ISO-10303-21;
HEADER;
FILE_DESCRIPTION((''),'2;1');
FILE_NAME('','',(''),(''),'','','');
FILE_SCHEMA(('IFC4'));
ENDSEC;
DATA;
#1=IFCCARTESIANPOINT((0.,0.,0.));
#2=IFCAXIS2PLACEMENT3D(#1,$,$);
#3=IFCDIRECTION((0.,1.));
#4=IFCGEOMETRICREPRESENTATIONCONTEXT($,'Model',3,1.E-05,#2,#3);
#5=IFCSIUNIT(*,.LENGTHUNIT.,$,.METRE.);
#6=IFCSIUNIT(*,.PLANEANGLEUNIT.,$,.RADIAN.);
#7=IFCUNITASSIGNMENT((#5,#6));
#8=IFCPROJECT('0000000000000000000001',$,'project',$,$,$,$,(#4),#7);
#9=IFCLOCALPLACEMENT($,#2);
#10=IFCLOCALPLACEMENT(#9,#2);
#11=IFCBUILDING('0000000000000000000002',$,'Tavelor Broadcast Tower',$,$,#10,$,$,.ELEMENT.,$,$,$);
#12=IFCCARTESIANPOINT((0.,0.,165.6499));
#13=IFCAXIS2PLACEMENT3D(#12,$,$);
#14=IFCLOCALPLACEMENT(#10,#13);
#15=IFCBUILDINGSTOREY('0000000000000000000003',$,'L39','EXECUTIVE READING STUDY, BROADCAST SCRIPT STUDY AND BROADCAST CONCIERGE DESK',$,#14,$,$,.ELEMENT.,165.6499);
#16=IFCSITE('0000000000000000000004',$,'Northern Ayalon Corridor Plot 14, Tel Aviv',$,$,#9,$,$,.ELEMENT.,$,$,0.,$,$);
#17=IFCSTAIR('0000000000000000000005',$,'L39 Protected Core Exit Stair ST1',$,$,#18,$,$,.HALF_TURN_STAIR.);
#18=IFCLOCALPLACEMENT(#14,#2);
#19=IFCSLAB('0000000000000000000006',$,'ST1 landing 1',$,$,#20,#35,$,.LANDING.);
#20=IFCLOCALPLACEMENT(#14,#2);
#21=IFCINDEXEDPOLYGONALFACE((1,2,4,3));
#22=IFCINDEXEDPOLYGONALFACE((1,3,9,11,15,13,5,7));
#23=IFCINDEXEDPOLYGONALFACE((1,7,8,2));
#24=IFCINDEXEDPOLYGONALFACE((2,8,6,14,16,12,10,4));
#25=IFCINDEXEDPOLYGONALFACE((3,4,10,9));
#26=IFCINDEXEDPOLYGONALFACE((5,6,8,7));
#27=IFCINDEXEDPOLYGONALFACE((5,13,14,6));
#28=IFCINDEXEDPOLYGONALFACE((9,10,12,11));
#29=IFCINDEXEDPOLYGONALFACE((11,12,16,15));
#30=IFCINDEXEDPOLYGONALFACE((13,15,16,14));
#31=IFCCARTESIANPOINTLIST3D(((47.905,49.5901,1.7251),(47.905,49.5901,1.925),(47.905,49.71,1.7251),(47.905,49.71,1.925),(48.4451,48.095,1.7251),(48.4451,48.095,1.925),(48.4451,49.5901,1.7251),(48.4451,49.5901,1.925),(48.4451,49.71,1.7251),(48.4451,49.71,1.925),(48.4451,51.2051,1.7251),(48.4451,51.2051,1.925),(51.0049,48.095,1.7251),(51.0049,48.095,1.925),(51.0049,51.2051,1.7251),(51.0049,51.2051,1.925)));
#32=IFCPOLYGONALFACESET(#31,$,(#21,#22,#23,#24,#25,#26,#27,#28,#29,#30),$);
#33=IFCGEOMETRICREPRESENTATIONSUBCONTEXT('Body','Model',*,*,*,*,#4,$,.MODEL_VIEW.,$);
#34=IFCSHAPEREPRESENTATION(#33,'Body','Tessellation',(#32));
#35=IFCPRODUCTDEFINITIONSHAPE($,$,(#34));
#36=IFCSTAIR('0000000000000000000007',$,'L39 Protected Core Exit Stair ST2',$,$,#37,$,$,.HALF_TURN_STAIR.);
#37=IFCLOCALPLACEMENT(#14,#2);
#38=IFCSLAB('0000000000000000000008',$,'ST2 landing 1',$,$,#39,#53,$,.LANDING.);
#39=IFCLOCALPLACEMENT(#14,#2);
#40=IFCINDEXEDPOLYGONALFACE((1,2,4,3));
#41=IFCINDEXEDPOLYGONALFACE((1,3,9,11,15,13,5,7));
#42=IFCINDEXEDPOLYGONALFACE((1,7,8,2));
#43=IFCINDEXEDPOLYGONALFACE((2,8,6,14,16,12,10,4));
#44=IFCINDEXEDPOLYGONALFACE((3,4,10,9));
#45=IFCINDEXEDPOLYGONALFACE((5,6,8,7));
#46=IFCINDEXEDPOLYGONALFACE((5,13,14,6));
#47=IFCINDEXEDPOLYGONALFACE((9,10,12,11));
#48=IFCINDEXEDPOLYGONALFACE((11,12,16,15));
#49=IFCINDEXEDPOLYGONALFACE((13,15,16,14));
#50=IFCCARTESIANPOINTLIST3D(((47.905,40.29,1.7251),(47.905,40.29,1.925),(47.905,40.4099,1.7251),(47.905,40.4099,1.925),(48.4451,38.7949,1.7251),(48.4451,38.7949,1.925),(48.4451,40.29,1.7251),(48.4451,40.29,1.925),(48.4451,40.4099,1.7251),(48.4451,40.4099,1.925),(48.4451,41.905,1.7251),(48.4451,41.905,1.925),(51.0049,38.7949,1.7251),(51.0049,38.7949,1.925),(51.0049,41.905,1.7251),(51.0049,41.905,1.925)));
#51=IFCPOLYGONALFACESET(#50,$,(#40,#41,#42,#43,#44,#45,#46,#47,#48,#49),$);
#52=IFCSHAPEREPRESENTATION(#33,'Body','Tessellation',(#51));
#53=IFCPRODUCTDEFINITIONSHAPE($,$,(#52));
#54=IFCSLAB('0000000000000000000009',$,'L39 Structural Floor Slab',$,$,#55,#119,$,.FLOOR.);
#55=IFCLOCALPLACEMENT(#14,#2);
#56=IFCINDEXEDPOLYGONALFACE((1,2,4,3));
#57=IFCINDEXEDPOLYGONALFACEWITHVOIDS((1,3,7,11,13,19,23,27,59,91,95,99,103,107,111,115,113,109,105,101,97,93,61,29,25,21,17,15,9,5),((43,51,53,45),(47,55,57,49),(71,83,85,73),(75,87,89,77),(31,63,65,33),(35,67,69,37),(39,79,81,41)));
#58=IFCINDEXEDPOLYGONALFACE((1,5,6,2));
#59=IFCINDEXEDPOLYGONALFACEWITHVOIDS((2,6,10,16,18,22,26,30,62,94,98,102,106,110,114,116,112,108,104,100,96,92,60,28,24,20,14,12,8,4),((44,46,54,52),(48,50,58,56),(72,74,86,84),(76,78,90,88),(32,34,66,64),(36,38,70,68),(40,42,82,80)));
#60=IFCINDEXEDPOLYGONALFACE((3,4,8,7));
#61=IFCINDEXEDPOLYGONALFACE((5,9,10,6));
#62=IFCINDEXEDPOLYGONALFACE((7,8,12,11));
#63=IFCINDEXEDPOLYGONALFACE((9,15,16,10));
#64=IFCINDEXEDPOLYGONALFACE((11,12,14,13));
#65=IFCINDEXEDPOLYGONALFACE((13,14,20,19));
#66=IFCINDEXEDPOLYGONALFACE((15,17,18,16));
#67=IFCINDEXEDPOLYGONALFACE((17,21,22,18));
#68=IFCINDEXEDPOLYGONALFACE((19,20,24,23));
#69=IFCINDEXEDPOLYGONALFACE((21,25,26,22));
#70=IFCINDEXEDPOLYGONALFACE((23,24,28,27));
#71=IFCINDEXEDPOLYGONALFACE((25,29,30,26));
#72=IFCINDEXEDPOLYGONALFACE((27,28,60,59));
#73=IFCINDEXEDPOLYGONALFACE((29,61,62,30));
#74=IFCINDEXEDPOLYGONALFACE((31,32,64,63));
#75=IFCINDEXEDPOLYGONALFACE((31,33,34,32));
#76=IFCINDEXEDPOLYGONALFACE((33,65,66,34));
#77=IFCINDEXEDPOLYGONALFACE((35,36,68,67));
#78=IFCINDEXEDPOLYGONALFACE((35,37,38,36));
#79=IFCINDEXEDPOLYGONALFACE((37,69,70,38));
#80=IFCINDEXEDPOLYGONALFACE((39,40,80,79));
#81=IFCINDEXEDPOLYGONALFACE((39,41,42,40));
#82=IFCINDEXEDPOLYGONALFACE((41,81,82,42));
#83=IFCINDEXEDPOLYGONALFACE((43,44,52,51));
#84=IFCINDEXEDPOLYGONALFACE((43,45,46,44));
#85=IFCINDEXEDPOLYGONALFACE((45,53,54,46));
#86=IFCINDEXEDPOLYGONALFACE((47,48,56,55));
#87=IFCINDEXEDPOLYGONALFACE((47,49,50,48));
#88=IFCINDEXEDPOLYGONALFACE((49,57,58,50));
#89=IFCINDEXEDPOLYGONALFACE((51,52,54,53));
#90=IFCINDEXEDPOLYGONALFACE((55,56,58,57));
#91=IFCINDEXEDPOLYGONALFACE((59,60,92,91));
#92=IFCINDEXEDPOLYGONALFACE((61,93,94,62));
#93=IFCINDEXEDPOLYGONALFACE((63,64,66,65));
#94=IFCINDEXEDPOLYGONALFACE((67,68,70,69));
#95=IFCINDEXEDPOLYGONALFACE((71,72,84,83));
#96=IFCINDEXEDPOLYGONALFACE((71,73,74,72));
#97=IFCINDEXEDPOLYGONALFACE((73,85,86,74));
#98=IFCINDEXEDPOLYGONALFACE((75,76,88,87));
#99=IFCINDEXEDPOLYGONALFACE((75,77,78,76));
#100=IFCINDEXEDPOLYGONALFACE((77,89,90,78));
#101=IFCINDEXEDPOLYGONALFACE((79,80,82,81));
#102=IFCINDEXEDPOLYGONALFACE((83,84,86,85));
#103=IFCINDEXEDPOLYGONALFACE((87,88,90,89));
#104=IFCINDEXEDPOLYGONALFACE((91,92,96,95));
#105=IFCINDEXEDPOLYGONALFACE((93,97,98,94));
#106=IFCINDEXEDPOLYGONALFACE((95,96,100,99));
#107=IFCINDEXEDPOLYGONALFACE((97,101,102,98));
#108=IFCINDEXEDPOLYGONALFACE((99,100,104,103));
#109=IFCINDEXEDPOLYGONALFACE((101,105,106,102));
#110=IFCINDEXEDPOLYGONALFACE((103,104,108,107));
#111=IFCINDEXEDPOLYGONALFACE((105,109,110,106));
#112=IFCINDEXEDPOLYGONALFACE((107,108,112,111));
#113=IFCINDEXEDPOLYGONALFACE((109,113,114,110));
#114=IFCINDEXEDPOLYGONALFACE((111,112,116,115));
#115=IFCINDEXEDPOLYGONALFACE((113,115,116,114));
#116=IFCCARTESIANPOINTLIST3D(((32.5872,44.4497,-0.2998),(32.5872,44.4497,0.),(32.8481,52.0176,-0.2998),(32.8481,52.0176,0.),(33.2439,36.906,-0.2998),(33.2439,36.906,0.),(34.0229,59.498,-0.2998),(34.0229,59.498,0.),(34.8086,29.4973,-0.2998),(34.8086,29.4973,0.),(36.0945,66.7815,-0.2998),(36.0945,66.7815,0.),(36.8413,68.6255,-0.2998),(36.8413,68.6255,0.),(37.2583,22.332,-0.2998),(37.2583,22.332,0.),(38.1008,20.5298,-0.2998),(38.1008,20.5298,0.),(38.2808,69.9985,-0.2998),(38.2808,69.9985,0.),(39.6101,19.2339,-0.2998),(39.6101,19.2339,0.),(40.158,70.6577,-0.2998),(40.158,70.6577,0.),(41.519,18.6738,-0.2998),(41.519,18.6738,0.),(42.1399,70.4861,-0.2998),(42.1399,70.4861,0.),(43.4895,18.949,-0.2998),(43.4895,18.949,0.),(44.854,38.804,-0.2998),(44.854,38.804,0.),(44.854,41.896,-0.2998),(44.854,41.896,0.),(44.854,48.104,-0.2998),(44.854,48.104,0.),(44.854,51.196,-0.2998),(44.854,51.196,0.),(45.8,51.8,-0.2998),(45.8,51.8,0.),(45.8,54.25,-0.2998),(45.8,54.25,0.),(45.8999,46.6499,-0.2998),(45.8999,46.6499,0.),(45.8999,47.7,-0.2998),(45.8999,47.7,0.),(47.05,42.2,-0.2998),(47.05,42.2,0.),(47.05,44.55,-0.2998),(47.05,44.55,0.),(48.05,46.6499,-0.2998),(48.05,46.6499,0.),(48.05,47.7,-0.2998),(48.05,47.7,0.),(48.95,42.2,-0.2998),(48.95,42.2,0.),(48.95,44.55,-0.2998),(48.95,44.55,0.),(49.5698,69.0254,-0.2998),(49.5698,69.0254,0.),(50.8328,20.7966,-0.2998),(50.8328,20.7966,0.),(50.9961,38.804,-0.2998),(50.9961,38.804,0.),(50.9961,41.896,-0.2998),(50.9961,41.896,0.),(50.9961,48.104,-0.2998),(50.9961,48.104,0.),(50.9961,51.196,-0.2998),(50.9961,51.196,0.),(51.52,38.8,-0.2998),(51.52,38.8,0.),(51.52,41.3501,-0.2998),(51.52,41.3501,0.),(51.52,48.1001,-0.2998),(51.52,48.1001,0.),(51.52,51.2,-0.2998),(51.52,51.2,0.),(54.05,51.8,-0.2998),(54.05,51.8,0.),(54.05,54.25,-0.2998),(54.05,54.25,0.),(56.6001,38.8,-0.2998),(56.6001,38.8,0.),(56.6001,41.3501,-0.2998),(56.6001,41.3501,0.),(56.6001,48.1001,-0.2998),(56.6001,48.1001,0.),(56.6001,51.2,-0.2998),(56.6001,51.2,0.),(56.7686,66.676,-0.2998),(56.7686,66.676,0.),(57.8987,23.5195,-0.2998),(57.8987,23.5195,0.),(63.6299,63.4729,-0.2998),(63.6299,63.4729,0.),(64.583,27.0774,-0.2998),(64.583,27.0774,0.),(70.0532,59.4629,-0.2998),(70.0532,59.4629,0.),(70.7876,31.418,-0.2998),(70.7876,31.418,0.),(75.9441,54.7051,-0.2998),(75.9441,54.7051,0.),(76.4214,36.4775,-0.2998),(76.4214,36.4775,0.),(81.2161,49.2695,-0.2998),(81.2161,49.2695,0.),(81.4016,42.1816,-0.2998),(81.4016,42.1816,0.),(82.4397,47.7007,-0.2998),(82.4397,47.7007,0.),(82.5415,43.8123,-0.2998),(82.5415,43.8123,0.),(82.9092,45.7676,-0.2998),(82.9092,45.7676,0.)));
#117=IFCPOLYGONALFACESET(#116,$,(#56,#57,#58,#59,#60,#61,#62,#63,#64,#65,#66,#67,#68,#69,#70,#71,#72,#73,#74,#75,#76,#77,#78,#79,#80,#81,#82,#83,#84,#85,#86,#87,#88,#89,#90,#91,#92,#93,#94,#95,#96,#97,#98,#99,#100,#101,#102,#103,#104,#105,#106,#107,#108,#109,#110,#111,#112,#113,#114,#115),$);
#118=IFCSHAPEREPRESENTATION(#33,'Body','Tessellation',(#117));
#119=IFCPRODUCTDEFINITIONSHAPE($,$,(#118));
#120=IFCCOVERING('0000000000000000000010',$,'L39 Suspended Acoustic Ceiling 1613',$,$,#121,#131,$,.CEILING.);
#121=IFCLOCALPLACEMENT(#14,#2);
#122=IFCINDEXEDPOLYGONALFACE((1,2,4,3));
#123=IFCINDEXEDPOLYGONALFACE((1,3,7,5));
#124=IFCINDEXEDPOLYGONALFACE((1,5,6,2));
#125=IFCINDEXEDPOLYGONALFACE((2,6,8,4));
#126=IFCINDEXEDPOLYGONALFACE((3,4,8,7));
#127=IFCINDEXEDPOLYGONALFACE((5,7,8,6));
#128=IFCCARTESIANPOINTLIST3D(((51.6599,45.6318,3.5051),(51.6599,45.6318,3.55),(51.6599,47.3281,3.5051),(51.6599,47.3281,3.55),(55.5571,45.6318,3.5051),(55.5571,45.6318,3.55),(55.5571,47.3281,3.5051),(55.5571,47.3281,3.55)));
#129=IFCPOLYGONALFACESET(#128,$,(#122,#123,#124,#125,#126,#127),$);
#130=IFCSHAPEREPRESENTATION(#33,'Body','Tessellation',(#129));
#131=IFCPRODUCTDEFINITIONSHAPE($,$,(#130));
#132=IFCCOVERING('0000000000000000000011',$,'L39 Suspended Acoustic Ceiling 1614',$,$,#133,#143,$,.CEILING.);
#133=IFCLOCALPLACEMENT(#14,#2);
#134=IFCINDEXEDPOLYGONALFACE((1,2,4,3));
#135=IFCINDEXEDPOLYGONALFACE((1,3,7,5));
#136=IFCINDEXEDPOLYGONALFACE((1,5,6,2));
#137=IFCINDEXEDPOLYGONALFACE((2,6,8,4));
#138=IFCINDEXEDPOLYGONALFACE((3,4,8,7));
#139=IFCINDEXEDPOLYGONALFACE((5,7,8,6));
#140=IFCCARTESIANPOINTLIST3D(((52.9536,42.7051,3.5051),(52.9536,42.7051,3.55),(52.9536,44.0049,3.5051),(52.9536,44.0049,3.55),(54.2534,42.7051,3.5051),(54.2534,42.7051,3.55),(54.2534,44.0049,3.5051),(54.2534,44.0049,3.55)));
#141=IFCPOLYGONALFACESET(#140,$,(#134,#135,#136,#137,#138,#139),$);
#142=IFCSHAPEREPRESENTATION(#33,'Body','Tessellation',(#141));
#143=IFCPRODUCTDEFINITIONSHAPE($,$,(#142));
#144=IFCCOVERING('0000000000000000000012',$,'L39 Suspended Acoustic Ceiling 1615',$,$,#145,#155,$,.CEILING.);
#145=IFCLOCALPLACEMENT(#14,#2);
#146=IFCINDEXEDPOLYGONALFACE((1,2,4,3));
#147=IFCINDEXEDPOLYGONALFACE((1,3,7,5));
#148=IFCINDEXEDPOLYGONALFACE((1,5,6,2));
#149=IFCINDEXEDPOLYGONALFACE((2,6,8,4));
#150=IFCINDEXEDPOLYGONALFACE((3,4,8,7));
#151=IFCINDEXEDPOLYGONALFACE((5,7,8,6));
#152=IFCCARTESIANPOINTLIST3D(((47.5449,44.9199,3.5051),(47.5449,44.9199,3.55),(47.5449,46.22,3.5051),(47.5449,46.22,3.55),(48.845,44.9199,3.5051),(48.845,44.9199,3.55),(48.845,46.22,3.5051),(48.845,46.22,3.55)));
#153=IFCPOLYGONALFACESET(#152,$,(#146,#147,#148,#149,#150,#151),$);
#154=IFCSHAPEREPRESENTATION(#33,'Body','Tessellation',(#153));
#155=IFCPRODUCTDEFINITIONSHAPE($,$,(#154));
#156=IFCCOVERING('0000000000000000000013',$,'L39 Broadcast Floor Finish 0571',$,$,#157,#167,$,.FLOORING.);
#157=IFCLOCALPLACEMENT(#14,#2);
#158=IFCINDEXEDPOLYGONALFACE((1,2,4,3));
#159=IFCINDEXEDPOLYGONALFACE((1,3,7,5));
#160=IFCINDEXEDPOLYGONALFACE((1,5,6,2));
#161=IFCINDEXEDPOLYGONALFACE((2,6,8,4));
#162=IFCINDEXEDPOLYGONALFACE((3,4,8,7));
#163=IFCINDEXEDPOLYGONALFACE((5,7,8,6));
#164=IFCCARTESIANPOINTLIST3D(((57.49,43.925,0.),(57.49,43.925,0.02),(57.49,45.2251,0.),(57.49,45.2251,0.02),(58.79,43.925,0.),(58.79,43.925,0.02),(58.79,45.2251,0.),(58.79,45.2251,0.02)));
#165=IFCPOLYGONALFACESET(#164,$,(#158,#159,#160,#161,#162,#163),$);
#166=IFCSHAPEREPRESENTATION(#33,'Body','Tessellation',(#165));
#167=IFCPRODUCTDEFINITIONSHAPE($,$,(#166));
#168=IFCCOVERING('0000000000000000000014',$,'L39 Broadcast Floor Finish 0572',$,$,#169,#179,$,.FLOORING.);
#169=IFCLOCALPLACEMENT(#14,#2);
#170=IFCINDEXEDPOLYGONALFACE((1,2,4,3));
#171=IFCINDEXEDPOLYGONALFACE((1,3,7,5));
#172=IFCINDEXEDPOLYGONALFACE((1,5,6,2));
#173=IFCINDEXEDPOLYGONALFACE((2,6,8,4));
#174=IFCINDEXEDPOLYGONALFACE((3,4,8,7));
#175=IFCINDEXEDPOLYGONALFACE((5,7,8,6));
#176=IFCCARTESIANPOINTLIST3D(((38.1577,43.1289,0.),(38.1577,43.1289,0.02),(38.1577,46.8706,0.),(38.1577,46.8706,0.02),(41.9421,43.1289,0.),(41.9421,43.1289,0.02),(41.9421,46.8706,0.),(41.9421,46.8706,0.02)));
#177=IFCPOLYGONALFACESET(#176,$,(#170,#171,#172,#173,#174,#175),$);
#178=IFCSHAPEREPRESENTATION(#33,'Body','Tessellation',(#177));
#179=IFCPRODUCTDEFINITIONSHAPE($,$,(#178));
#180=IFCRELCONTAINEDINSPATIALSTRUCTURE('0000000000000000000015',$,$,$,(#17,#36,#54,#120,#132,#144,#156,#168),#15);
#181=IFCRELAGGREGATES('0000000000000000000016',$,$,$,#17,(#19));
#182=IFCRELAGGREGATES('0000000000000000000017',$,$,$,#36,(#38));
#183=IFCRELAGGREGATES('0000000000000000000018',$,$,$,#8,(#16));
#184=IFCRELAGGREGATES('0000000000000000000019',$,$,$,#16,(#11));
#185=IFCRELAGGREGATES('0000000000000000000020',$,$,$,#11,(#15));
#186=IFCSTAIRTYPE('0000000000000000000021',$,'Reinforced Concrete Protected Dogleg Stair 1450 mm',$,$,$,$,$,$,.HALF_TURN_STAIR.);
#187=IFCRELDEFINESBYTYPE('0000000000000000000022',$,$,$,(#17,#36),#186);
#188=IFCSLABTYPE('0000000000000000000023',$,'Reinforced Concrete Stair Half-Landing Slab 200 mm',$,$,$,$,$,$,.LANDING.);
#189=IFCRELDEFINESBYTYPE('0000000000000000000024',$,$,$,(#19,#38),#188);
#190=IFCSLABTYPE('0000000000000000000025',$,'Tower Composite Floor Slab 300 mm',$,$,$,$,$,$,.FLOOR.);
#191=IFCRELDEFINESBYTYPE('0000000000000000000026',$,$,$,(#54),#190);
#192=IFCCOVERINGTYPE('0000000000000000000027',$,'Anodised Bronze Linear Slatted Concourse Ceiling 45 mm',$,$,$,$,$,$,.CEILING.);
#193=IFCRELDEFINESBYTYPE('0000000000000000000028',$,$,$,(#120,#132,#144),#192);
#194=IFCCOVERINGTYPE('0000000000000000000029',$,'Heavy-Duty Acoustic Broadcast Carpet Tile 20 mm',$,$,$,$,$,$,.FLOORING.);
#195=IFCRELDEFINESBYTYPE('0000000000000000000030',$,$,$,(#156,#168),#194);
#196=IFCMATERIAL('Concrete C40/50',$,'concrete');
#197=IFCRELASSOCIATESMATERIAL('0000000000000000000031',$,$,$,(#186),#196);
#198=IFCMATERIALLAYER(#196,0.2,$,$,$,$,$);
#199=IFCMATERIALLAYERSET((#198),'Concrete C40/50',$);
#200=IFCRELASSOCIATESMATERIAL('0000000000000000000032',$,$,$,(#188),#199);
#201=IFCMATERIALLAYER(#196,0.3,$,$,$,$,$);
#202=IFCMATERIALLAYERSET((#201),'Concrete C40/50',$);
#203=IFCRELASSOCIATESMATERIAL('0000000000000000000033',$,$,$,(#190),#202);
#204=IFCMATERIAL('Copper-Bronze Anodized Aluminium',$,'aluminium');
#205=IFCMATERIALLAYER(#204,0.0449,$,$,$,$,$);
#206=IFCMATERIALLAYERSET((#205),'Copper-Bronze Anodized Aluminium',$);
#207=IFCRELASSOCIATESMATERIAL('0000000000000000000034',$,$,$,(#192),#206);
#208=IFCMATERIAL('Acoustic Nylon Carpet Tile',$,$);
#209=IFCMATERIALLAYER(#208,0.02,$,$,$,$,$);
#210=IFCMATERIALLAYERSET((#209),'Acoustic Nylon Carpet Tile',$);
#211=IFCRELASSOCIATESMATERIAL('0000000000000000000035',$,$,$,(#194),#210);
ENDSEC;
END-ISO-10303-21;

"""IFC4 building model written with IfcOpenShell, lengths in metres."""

from ifc_helpers import new_model, si_unit, direction, frame, origin, place, context, subcontext, project, spatial, polyline, outline, extrude, material, layer, layer_set, type_object, element, aggregate, save


model = new_model("IFC4")

# Units and contexts
model_context = context("Model", 3, precision=1e-05, world=origin(), true_north=direction((0.0, 1.0)))
body_context = subcontext(model_context, "Body", "Model", "MODEL_VIEW")
ifc_project = project(units=[si_unit("LENGTHUNIT", "METRE"), si_unit("PLANEANGLEUNIT", "RADIAN")], contexts=[model_context])

# Site, building, storey
site_placement = place(None, origin())
site = spatial("IfcSite", under=ifc_project, at=site_placement, Name="Northern Ayalon Corridor Plot 14, Tel Aviv", CompositionType="ELEMENT", RefElevation=0.0)
building_placement = place(site_placement, origin())
building = spatial("IfcBuilding", under=site, at=building_placement, Name="Tavelor Broadcast Tower", CompositionType="ELEMENT")
storey_placement = place(building_placement, frame((0.0, 0.0, 165.6499)))
storey = spatial("IfcBuildingStorey", under=building, at=storey_placement, Name="L39", Description="EXECUTIVE READING STUDY, BROADCAST SCRIPT STUDY AND BROADCAST CONCIERGE DESK", CompositionType="ELEMENT", Elevation=165.6499)

# Stairs, slabs
ifc_material_1 = material(Name="Concrete C40/50", Category="concrete")
stair_type = type_object("IfcStairType", Name="Reinforced Concrete Protected Dogleg Stair 1450 mm", PredefinedType="HALF_TURN_STAIR", material=ifc_material_1)
stair_1_placement = place(storey_placement, origin())
stair_1 = element("IfcStair", 1, at=stair_1_placement, inside=storey, type_object=stair_type, Name="L39 Protected Core Exit Stair ST1", PredefinedType="HALF_TURN_STAIR")
ifc_layer_1 = layer(ifc_material_1, 0.2)
ifc_layer_set_1 = layer_set([ifc_layer_1], Name="Concrete C40/50")
slab_type_1 = type_object("IfcSlabType", Name="Reinforced Concrete Stair Half-Landing Slab 200 mm", PredefinedType="LANDING", material=ifc_layer_set_1)
slab_1_placement = place(storey_placement, frame((0.0, 0.0, 1.7251)))
slab_1 = element("IfcSlab", 2, at=slab_1_placement, type_object=slab_type_1, Name="ST1 landing 1", PredefinedType="LANDING", context=body_context, shape_type="SweptSolid", body=[
    extrude(outline(polyline([(48.4451, 49.5901), (48.4451, 48.095), (51.0049, 48.095), (51.0049, 51.2051), (48.4451, 51.2051), (48.4451, 49.71), (47.905, 49.71), (47.905, 49.5901), (48.4451, 49.5901)])), origin(), (0.0, 0.0, 1.0), 0.2),
])
aggregate(stair_1, [slab_1])
stair_2_placement = place(storey_placement, origin())
stair_2 = element("IfcStair", 3, at=stair_2_placement, inside=storey, type_object=stair_type, Name="L39 Protected Core Exit Stair ST2", PredefinedType="HALF_TURN_STAIR")
slab_2_placement = place(storey_placement, frame((0.0, 0.0, 1.7251)))
slab_2 = element("IfcSlab", 4, at=slab_2_placement, type_object=slab_type_1, Name="ST2 landing 1", PredefinedType="LANDING", context=body_context, shape_type="SweptSolid", body=[
    extrude(outline(polyline([(48.4451, 40.29), (48.4451, 38.7949), (51.0049, 38.7949), (51.0049, 41.905), (48.4451, 41.905), (48.4451, 40.4099), (47.905, 40.4099), (47.905, 40.29), (48.4451, 40.29)])), origin(), (0.0, 0.0, 1.0), 0.2),
])
aggregate(stair_2, [slab_2])

# Slab
ifc_layer_2 = layer(ifc_material_1, 0.3)
ifc_layer_set_2 = layer_set([ifc_layer_2], Name="Concrete C40/50")
slab_type_2 = type_object("IfcSlabType", Name="Tower Composite Floor Slab 300 mm", PredefinedType="FLOOR", material=ifc_layer_set_2)
slab_3_placement = place(storey_placement, frame((0.0, 0.0, -0.2998)))
element("IfcSlab", 5, at=slab_3_placement, inside=storey, type_object=slab_type_2, Name="L39 Structural Floor Slab", PredefinedType="FLOOR", context=body_context, shape_type="SweptSolid", body=[
    extrude(outline(polyline([(42.1399, 70.4861), (40.158, 70.6577), (38.2808, 69.9985), (36.8413, 68.6255), (36.0945, 66.7815), (34.0229, 59.498), (32.8481, 52.0176), (32.5872, 44.4497), (33.2439, 36.906), (34.8086, 29.4973), (37.2583, 22.332), (38.1008, 20.5298), (39.6101, 19.2339), (41.519, 18.6738), (43.4895, 18.949), (50.8328, 20.7966), (57.8987, 23.5195), (64.583, 27.0774), (70.7876, 31.418), (76.4214, 36.4775), (81.4016, 42.1816), (82.5415, 43.8123), (82.9092, 45.7676), (82.4397, 47.7007), (81.2161, 49.2695), (75.9441, 54.7051), (70.0532, 59.4629), (63.6299, 63.4729), (56.7686, 66.676), (49.5698, 69.0254), (42.1399, 70.4861)]), holes=[polyline([(56.6001, 41.3501), (56.6001, 38.8), (51.52, 38.8), (51.52, 41.3501), (56.6001, 41.3501)]), polyline([(50.9961, 38.804), (44.854, 38.804), (44.854, 41.896), (50.9961, 41.896), (50.9961, 38.804)]), polyline([(47.05, 42.2), (47.05, 44.55), (48.95, 44.55), (48.95, 42.2), (47.05, 42.2)]), polyline([(48.05, 46.6499), (45.8999, 46.6499), (45.8999, 47.7), (48.05, 47.7), (48.05, 46.6499)]), polyline([(50.9961, 48.104), (44.854, 48.104), (44.854, 51.196), (50.9961, 51.196), (50.9961, 48.104)]), polyline([(56.6001, 48.1001), (51.52, 48.1001), (51.52, 51.2), (56.6001, 51.2), (56.6001, 48.1001)]), polyline([(54.05, 51.8), (45.8, 51.8), (45.8, 54.25), (54.05, 54.25), (54.05, 51.8)])]), origin(), (0.0, 0.0, 1.0), 0.2998),
])

# Coverings
ifc_material_2 = material(Name="Copper-Bronze Anodized Aluminium", Category="aluminium")
ifc_layer_3 = layer(ifc_material_2, 0.0449)
ifc_layer_set_3 = layer_set([ifc_layer_3], Name="Copper-Bronze Anodized Aluminium")
covering_type_1 = type_object("IfcCoveringType", Name="Anodised Bronze Linear Slatted Concourse Ceiling 45 mm", PredefinedType="CEILING", material=ifc_layer_set_3)
covering_1_placement = place(storey_placement, frame((0.0, 0.0, 3.5051)))
element("IfcCovering", 6, at=covering_1_placement, inside=storey, type_object=covering_type_1, Name="L39 Suspended Acoustic Ceiling 1613", PredefinedType="CEILING", context=body_context, shape_type="SweptSolid", body=[
    extrude(outline(polyline([(51.6599, 45.6318), (55.5571, 45.6318), (55.5571, 47.3281), (51.6599, 47.3281), (51.6599, 45.6318)])), origin(), (0.0, 0.0, 1.0), 0.0449),
])
covering_2_placement = place(storey_placement, frame((0.0, 0.0, 3.5051)))
element("IfcCovering", 7, at=covering_2_placement, inside=storey, type_object=covering_type_1, Name="L39 Suspended Acoustic Ceiling 1614", PredefinedType="CEILING", context=body_context, shape_type="SweptSolid", body=[
    extrude(outline(polyline([(52.9536, 42.7051), (54.2534, 42.7051), (54.2534, 44.0049), (52.9536, 44.0049), (52.9536, 42.7051)])), origin(), (0.0, 0.0, 1.0), 0.0449),
])
covering_3_placement = place(storey_placement, frame((0.0, 0.0, 3.5051)))
element("IfcCovering", 8, at=covering_3_placement, inside=storey, type_object=covering_type_1, Name="L39 Suspended Acoustic Ceiling 1615", PredefinedType="CEILING", context=body_context, shape_type="SweptSolid", body=[
    extrude(outline(polyline([(47.5449, 44.9199), (48.845, 44.9199), (48.845, 46.22), (47.5449, 46.22), (47.5449, 44.9199)])), origin(), (0.0, 0.0, 1.0), 0.0449),
])
ifc_material_3 = material(Name="Acoustic Nylon Carpet Tile")
ifc_layer_4 = layer(ifc_material_3, 0.02)
ifc_layer_set_4 = layer_set([ifc_layer_4], Name="Acoustic Nylon Carpet Tile")
covering_type_2 = type_object("IfcCoveringType", Name="Heavy-Duty Acoustic Broadcast Carpet Tile 20 mm", PredefinedType="FLOORING", material=ifc_layer_set_4)
covering_4_placement = place(storey_placement, origin())
element("IfcCovering", 9, at=covering_4_placement, inside=storey, type_object=covering_type_2, Name="L39 Broadcast Floor Finish 0571", PredefinedType="FLOORING", context=body_context, shape_type="SweptSolid", body=[
    extrude(outline(polyline([(57.49, 43.925), (58.79, 43.925), (58.79, 45.2251), (57.49, 45.2251), (57.49, 43.925)])), origin(), (0.0, 0.0, 1.0), 0.02),
])
covering_5_placement = place(storey_placement, origin())
element("IfcCovering", 10, at=covering_5_placement, inside=storey, type_object=covering_type_2, Name="L39 Broadcast Floor Finish 0572", PredefinedType="FLOORING", context=body_context, shape_type="SweptSolid", body=[
    extrude(outline(polyline([(38.1577, 43.1289), (41.9421, 43.1289), (41.9421, 46.8706), (38.1577, 46.8706), (38.1577, 43.1289)])), origin(), (0.0, 0.0, 1.0), 0.02),
])

save(model, "model.ifc")
